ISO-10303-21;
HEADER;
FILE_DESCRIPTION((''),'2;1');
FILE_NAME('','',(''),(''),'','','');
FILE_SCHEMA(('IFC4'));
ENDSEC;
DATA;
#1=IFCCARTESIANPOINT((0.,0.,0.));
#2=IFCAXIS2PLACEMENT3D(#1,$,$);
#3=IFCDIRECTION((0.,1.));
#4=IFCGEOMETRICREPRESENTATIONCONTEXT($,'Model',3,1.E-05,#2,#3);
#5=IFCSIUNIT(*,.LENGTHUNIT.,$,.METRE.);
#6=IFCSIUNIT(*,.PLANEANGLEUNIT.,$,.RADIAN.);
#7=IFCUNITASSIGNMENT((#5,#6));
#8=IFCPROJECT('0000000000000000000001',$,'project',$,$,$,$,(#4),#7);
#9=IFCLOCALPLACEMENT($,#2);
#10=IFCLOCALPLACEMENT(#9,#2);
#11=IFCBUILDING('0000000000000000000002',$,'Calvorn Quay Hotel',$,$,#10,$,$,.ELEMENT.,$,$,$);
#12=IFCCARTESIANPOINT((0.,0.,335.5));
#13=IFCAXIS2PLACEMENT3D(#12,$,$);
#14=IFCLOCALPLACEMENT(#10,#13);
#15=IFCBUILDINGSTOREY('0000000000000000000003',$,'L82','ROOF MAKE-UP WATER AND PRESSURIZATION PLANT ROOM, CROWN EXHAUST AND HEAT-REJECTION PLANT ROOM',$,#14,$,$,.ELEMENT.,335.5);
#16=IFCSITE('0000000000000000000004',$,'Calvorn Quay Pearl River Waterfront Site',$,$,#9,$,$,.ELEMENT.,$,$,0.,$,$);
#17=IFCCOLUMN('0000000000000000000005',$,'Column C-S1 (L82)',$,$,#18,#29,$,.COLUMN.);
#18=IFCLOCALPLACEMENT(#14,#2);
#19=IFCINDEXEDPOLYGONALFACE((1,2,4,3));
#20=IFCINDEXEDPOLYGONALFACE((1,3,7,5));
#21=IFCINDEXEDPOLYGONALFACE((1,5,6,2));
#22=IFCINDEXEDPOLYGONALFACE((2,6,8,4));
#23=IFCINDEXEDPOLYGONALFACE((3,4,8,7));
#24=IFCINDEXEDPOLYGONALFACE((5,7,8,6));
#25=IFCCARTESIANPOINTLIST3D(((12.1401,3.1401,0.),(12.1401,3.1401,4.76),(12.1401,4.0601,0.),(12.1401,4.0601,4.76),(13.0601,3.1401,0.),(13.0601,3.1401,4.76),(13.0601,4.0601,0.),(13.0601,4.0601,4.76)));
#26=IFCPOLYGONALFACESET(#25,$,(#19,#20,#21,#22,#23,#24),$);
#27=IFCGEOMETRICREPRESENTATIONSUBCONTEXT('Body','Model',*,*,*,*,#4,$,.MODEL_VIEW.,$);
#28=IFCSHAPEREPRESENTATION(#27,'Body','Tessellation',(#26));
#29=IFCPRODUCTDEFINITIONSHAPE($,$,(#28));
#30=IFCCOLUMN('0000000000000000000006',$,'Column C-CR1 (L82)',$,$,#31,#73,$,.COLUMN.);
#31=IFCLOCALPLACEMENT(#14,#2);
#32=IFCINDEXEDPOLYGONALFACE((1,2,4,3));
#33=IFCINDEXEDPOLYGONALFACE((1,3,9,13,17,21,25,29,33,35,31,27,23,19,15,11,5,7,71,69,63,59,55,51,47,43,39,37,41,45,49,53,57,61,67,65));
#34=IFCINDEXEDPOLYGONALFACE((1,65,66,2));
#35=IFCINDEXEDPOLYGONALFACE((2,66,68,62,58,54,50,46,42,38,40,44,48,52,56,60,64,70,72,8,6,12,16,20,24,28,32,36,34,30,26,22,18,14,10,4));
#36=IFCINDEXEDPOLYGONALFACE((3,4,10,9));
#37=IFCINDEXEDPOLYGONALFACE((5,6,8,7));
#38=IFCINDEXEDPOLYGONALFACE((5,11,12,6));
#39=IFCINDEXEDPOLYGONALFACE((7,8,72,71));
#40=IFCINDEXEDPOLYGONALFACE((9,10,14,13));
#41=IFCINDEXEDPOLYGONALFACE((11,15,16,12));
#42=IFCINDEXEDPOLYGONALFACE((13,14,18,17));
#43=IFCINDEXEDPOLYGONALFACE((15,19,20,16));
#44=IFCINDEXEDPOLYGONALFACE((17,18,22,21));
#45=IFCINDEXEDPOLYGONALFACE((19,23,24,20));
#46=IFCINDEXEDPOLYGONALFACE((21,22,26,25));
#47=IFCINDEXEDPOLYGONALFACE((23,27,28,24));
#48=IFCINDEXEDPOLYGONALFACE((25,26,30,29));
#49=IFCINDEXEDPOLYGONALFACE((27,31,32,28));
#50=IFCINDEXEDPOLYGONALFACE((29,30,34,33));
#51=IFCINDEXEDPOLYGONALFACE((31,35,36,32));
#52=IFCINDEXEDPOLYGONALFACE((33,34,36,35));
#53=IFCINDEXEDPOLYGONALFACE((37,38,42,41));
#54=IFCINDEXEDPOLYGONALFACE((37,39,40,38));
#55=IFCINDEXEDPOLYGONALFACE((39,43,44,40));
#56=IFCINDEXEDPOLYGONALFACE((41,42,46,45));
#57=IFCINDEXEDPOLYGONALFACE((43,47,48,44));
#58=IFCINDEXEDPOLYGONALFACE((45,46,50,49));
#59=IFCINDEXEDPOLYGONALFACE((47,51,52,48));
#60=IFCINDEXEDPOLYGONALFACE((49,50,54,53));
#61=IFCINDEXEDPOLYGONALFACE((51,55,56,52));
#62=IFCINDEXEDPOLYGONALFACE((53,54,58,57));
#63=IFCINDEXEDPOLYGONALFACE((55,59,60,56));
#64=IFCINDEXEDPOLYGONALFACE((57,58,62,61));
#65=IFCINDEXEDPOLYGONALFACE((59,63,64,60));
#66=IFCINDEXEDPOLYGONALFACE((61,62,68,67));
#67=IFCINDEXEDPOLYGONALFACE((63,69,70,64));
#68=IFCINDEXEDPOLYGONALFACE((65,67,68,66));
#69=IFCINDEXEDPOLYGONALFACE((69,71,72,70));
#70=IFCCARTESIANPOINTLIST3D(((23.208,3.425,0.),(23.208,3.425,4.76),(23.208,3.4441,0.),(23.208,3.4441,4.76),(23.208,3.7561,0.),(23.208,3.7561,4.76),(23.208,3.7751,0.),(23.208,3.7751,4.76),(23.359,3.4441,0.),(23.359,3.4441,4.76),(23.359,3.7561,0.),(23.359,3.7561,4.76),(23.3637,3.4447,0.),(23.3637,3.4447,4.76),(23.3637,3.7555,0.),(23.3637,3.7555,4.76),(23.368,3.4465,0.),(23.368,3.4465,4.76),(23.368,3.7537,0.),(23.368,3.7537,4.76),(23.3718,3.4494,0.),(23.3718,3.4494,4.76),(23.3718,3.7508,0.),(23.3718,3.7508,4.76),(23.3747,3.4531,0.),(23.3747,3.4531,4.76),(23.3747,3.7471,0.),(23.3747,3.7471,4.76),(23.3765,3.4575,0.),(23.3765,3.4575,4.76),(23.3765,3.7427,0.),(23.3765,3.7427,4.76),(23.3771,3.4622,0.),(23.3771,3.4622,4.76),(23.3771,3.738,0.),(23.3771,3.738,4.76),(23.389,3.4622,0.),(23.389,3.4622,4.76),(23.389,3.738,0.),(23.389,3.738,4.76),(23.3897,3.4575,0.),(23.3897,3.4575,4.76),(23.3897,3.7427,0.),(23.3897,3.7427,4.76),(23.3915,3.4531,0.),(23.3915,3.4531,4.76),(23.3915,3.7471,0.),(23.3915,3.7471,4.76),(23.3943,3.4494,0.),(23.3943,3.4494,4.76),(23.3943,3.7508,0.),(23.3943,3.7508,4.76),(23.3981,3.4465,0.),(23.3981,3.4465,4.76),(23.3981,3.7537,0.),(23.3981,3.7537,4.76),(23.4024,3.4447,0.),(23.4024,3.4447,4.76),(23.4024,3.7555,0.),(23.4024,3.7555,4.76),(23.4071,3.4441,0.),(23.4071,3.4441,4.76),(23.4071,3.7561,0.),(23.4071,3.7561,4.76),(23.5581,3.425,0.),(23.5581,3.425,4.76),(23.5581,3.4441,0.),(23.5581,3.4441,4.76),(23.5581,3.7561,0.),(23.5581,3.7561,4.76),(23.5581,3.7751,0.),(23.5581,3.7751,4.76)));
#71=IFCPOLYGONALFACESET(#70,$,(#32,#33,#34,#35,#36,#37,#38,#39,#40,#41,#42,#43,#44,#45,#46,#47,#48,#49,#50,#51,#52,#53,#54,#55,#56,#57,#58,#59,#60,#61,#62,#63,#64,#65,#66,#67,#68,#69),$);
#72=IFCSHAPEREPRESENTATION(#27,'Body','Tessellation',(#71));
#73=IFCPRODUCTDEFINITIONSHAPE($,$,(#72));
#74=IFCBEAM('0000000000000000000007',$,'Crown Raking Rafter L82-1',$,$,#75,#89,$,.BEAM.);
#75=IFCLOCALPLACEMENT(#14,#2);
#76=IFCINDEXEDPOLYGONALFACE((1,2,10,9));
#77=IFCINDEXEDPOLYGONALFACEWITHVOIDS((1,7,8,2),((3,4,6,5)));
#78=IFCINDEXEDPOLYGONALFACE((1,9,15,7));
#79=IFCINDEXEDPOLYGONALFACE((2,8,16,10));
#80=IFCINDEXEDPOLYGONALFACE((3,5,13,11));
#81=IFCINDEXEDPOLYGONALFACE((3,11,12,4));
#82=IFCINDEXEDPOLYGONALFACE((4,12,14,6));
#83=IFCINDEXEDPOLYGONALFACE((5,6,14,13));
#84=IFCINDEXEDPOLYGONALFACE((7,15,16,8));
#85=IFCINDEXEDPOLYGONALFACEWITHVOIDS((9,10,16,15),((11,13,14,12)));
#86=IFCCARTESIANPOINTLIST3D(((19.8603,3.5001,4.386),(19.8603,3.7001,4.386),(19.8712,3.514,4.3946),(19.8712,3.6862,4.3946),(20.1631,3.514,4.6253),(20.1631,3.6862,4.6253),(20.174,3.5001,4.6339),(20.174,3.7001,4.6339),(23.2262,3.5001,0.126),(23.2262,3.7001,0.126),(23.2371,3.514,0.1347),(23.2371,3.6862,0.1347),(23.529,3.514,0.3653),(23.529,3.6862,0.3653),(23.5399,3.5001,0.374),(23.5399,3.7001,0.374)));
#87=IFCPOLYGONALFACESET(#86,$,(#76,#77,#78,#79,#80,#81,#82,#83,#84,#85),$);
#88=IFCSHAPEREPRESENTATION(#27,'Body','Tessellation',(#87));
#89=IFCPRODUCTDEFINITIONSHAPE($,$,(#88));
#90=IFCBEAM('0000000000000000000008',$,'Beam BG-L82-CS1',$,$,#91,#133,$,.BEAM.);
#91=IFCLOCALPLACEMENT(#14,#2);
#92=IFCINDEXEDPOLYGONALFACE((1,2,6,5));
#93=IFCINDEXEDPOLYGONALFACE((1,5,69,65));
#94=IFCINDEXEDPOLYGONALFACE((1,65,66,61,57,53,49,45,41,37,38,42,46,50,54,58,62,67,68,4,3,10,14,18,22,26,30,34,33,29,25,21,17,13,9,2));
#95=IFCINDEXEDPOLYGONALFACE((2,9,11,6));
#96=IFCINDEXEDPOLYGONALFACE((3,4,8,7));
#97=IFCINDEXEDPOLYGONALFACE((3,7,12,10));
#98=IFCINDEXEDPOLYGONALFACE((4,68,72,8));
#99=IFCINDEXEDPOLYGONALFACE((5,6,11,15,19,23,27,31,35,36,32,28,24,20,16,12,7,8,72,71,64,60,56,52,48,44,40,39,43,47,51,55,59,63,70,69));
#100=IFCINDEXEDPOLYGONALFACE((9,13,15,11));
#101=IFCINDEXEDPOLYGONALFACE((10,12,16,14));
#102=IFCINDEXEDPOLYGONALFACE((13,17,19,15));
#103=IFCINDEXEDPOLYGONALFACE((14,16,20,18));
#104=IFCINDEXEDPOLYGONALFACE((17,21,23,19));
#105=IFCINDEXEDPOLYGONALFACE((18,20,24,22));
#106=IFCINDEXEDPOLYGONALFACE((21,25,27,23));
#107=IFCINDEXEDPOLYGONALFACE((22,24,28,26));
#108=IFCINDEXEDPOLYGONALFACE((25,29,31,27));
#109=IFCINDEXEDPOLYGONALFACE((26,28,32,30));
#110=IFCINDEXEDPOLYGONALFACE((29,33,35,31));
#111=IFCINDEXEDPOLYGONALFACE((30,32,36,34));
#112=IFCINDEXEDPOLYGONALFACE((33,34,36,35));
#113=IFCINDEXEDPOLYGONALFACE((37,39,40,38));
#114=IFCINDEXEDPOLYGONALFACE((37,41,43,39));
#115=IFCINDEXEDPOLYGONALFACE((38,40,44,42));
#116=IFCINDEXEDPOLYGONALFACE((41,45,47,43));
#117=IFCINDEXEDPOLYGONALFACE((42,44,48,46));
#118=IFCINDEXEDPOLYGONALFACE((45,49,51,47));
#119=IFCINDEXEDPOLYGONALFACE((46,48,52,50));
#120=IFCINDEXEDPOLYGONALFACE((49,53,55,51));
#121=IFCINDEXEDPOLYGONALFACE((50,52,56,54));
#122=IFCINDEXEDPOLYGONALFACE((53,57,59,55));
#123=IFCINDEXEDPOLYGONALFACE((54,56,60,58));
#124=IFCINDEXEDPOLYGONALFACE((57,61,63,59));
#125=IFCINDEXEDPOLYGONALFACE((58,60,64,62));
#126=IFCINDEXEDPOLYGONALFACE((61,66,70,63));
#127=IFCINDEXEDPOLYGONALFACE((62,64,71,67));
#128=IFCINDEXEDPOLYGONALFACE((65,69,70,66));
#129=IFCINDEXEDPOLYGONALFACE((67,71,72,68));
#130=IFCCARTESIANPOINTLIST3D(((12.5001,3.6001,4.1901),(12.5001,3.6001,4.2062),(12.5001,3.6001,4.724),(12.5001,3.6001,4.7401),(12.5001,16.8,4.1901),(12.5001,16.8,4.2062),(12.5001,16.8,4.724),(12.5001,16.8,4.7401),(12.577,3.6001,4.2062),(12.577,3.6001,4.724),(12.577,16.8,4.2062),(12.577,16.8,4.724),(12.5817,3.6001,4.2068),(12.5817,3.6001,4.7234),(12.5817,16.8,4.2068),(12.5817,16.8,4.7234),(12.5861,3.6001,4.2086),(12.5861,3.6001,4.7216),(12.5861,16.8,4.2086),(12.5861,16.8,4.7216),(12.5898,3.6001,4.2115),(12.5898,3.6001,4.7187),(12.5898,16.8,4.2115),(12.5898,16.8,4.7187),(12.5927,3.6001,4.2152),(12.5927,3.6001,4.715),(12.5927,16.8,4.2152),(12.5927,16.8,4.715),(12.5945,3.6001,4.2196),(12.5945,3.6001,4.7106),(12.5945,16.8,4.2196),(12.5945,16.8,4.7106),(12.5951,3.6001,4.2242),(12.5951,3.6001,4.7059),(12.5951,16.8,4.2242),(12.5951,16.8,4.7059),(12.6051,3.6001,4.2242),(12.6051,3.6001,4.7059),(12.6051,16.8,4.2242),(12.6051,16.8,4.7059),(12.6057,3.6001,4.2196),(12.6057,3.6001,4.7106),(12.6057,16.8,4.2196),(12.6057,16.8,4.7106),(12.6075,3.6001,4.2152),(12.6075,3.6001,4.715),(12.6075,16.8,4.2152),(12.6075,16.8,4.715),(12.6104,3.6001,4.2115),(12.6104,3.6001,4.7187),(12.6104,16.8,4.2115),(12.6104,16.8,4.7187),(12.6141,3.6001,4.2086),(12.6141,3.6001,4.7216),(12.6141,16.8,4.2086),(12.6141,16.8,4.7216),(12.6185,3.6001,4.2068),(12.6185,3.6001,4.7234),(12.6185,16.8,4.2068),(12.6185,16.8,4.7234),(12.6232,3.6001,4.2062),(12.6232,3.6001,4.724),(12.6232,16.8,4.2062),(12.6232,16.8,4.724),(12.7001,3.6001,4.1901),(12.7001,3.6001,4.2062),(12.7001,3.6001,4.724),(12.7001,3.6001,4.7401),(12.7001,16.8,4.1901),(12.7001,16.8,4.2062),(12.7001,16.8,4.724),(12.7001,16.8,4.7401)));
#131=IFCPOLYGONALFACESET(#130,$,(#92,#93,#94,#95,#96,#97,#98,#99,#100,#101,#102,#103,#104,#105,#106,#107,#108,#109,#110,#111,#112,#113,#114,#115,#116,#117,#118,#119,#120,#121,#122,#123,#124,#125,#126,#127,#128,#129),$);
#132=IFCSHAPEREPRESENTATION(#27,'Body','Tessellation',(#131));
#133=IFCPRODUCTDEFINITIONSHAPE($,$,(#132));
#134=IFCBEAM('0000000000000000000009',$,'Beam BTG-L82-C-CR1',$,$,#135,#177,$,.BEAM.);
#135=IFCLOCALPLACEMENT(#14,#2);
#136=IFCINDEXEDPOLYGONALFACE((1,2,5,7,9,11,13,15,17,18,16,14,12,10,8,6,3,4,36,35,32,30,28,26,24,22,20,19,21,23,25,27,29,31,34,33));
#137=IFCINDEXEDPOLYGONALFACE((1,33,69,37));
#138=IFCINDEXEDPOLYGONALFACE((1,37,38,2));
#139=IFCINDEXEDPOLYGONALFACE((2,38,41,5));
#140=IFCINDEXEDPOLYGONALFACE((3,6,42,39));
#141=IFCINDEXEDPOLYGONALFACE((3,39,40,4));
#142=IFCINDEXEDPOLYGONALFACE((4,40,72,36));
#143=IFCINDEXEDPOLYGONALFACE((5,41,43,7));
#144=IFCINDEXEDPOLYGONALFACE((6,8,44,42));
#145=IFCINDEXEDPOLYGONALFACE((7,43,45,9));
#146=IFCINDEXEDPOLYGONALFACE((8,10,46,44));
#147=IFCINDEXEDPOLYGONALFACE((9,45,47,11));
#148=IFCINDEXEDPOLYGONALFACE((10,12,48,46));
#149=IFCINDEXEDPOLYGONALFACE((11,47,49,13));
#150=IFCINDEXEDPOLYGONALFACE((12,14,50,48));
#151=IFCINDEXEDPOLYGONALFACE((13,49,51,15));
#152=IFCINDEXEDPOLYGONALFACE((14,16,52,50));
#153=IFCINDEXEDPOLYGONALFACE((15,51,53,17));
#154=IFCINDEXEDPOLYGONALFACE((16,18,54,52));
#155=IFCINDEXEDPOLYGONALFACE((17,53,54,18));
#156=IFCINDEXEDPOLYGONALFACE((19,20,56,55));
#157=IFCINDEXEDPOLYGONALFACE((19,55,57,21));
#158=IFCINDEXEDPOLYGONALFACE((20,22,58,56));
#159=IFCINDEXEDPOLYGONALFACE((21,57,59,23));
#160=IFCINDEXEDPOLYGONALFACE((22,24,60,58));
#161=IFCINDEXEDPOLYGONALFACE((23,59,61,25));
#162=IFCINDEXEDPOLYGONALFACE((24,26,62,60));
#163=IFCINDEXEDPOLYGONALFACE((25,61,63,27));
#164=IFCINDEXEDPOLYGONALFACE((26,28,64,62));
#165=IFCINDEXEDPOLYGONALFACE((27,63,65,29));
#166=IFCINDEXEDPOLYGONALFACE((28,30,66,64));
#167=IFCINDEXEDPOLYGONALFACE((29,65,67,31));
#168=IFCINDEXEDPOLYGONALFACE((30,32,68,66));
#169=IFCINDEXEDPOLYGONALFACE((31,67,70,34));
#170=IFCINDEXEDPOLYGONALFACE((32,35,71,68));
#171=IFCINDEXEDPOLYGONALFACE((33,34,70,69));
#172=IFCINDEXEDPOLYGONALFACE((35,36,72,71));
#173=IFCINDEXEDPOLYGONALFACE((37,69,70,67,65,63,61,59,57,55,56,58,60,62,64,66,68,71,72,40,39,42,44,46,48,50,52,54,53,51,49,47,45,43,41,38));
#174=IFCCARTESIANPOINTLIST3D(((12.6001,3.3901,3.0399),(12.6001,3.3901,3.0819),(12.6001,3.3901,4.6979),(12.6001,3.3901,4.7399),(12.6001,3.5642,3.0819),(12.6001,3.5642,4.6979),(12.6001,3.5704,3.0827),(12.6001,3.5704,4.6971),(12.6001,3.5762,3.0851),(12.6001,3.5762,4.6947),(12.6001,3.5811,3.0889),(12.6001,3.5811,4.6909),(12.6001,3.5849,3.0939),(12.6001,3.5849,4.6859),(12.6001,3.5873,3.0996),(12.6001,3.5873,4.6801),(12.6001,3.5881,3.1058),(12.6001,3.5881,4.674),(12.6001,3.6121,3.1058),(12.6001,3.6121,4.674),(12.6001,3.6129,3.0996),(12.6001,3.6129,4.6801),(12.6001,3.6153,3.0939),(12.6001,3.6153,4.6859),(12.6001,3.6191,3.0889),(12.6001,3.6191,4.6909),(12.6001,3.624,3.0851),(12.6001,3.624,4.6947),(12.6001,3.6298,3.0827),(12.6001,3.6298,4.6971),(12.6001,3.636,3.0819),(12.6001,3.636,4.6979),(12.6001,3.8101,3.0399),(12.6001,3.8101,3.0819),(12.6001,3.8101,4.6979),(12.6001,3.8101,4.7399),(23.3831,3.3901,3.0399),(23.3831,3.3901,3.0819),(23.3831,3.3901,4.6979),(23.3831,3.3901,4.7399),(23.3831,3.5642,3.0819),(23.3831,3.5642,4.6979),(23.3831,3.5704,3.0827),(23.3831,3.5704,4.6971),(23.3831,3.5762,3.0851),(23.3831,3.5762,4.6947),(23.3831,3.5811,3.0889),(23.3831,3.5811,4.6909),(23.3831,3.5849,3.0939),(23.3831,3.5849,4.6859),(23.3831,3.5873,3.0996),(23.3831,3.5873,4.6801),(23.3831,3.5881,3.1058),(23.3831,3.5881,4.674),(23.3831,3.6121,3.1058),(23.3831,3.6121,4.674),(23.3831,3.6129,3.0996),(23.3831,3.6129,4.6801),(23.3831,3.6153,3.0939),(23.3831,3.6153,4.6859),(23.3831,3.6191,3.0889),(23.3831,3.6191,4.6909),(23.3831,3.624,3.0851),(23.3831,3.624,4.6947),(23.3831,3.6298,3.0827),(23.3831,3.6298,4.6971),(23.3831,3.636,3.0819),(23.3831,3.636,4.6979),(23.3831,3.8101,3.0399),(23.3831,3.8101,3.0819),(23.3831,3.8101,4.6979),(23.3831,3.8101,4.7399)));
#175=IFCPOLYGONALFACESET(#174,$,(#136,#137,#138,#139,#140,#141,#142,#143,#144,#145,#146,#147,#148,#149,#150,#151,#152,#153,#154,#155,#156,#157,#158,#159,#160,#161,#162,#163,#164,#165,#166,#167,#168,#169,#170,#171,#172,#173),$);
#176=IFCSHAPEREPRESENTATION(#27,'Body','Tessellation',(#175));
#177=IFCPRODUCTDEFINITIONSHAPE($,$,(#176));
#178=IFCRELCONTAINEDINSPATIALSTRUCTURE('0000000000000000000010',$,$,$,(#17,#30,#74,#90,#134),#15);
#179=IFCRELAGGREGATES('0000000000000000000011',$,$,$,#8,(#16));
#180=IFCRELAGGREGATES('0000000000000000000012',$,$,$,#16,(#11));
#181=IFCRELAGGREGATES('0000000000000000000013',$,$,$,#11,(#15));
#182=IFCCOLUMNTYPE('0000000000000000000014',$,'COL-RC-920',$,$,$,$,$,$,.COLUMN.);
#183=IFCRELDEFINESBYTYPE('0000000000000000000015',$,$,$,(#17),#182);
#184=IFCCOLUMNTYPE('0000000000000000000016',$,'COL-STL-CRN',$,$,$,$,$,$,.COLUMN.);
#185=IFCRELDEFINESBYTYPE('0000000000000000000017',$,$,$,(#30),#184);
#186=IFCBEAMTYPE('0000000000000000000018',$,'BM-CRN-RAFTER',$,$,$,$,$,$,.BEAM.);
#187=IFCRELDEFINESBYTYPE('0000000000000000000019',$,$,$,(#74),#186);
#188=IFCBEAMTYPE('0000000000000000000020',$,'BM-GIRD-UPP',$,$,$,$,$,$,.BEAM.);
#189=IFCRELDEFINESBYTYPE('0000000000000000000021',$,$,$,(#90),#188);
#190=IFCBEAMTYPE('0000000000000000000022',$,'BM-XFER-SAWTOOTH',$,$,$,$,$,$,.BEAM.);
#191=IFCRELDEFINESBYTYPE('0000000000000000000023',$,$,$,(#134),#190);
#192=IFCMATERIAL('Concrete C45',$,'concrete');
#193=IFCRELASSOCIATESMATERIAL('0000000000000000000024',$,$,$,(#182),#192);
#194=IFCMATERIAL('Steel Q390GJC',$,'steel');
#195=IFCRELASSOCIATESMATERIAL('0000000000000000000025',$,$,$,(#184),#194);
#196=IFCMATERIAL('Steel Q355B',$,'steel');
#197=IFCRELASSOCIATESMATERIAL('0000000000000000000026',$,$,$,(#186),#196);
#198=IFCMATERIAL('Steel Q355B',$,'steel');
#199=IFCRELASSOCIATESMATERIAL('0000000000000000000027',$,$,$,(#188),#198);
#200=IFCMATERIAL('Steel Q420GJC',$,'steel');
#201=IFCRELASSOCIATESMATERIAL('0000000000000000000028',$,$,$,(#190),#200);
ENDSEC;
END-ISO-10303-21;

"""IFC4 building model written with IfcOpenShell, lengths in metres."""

from ifc_helpers import new_model, si_unit, direction, frame, origin, origin_2d, place, context, subcontext, project, spatial, rectangle, hollow_rectangle, i_section, extrude, material, material_profile, profile_set, type_object, element, save


model = new_model("IFC4")

# Units and contexts
model_context = context("Model", 3, precision=1e-05, world=origin(), true_north=direction((0.0, 1.0)))
body_context = subcontext(model_context, "Body", "Model", "MODEL_VIEW")
ifc_project = project(units=[si_unit("LENGTHUNIT", "METRE"), si_unit("PLANEANGLEUNIT", "RADIAN")], contexts=[model_context])

# Site, building, storey
site_placement = place(None, origin())
site = spatial("IfcSite", under=ifc_project, at=site_placement, Name="Calvorn Quay Pearl River Waterfront Site", CompositionType="ELEMENT", RefElevation=0.0)
building_placement = place(site_placement, origin())
building = spatial("IfcBuilding", under=site, at=building_placement, Name="Calvorn Quay Hotel", CompositionType="ELEMENT")
storey_placement = place(building_placement, frame((0.0, 0.0, 335.5)))
storey = spatial("IfcBuildingStorey", under=building, at=storey_placement, Name="L82", Description="ROOF MAKE-UP WATER AND PRESSURIZATION PLANT ROOM, CROWN EXHAUST AND HEAT-REJECTION PLANT ROOM", CompositionType="ELEMENT", Elevation=335.5)

# Columns
ifc_material_1 = material(Name="Concrete C45", Category="concrete")
ifc_material_profile_1 = material_profile(ifc_material_1, rectangle(XDim=0.9199, YDim=0.9199, at=origin_2d()), Name="RC920x920")
ifc_profile_set_1 = profile_set([ifc_material_profile_1], Name="Concrete C45")
column_type_1 = type_object("IfcColumnType", Name="COL-RC-920", PredefinedType="COLUMN", material=ifc_profile_set_1)
column_1_placement = place(storey_placement, frame((12.6001, 3.6001, 0.0), z_axis=(0.0, 0.0, 1.0), x_axis=(1.0, 0.0, 0.0)))
element("IfcColumn", 1, at=column_1_placement, inside=storey, type_object=column_type_1, Name="Column C-S1 (L82)", PredefinedType="COLUMN", context=body_context, shape_type="SweptSolid", body=[
    extrude(rectangle(XDim=0.9199, YDim=0.9199, at=origin_2d()), origin(), (0.0, 0.0, 1.0), 4.76),
])
ifc_material_2 = material(Name="Steel Q390GJC", Category="steel")
ifc_material_profile_2 = material_profile(ifc_material_2, i_section(OverallWidth=0.3501, OverallDepth=0.3501, WebThickness=0.012, FlangeThickness=0.019, FilletRadius=0.0181, at=origin_2d()), Name="HW350x350x12x19")
ifc_profile_set_2 = profile_set([ifc_material_profile_2], Name="Steel Q390GJC")
column_type_2 = type_object("IfcColumnType", Name="COL-STL-CRN", PredefinedType="COLUMN", material=ifc_profile_set_2)
column_2_placement = place(storey_placement, frame((23.3831, 3.6001, 0.0), z_axis=(0.0, 0.0, 1.0), x_axis=(1.0, 0.0, 0.0)))
element("IfcColumn", 2, at=column_2_placement, inside=storey, type_object=column_type_2, Name="Column C-CR1 (L82)", PredefinedType="COLUMN", context=body_context, shape_type="SweptSolid", body=[
    extrude(i_section(OverallWidth=0.3501, OverallDepth=0.3501, WebThickness=0.012, FlangeThickness=0.019, FilletRadius=0.0181, at=origin_2d()), origin(), (0.0, 0.0, 1.0), 4.76),
])

# Beams
ifc_material_3 = material(Name="Steel Q355B", Category="steel")
ifc_material_profile_3 = material_profile(ifc_material_3, hollow_rectangle(XDim=0.2, YDim=0.3999, WallThickness=0.0139, at=origin_2d()), Name="RHS400x200x14")
ifc_profile_set_3 = profile_set([ifc_material_profile_3], Name="Steel Q355B")
beam_type_1 = type_object("IfcBeamType", Name="BM-CRN-RAFTER", PredefinedType="BEAM", material=ifc_profile_set_3)
beam_1_placement = place(storey_placement, frame((23.3831, 3.6001, 0.25), z_axis=(-0.619962, 0.0, 0.784632), x_axis=(0.0, -1.0, 0.0)))
element("IfcBeam", 3, at=beam_1_placement, inside=storey, type_object=beam_type_1, Name="Crown Raking Rafter L82-1", PredefinedType="BEAM", context=body_context, shape_type="SweptSolid", body=[
    extrude(hollow_rectangle(XDim=0.2, YDim=0.3999, WallThickness=0.0139, at=origin_2d()), origin(), (0.0, 0.0, 1.0), 5.4292),
])
ifc_material_4 = material(Name="Steel Q355B", Category="steel")
ifc_material_profile_4 = material_profile(ifc_material_4, i_section(OverallWidth=0.2, OverallDepth=0.55, WebThickness=0.01, FlangeThickness=0.0161, FilletRadius=0.0181, at=origin_2d()), Name="HN550x200x10x16")
ifc_profile_set_4 = profile_set([ifc_material_profile_4], Name="Steel Q355B")
beam_type_2 = type_object("IfcBeamType", Name="BM-GIRD-UPP", PredefinedType="BEAM", material=ifc_profile_set_4)
beam_2_placement = place(storey_placement, frame((12.6001, 3.6001, 4.4651), z_axis=(0.0, 1.0, 0.0), x_axis=(-1.0, 0.0, 0.0)))
element("IfcBeam", 4, at=beam_2_placement, inside=storey, type_object=beam_type_2, Name="Beam BG-L82-CS1", PredefinedType="BEAM", context=body_context, shape_type="SweptSolid", body=[
    extrude(i_section(OverallWidth=0.2, OverallDepth=0.55, WebThickness=0.01, FlangeThickness=0.0161, FilletRadius=0.0181, at=origin_2d()), origin(), (0.0, 0.0, 1.0), 13.2),
])
ifc_material_5 = material(Name="Steel Q420GJC", Category="steel")
ifc_material_profile_5 = material_profile(ifc_material_5, i_section(OverallWidth=0.4199, OverallDepth=1.7, WebThickness=0.0239, FlangeThickness=0.042, FilletRadius=0.0239, at=origin_2d()), Name="HN1700x420x24x42")
ifc_profile_set_5 = profile_set([ifc_material_profile_5], Name="Steel Q420GJC")
beam_type_3 = type_object("IfcBeamType", Name="BM-XFER-SAWTOOTH", PredefinedType="BEAM", material=ifc_profile_set_5)
beam_3_placement = place(storey_placement, frame((12.6001, 3.6001, 3.8899), z_axis=(1.0, 0.0, 0.0), x_axis=(0.0, 1.0, 0.0)))
element("IfcBeam", 5, at=beam_3_placement, inside=storey, type_object=beam_type_3, Name="Beam BTG-L82-C-CR1", PredefinedType="BEAM", context=body_context, shape_type="SweptSolid", body=[
    extrude(i_section(OverallWidth=0.4199, OverallDepth=1.7, WebThickness=0.0239, FlangeThickness=0.042, FilletRadius=0.0239, at=origin_2d()), origin(), (0.0, 0.0, 1.0), 10.783),
])

save(model, "model.ifc")
